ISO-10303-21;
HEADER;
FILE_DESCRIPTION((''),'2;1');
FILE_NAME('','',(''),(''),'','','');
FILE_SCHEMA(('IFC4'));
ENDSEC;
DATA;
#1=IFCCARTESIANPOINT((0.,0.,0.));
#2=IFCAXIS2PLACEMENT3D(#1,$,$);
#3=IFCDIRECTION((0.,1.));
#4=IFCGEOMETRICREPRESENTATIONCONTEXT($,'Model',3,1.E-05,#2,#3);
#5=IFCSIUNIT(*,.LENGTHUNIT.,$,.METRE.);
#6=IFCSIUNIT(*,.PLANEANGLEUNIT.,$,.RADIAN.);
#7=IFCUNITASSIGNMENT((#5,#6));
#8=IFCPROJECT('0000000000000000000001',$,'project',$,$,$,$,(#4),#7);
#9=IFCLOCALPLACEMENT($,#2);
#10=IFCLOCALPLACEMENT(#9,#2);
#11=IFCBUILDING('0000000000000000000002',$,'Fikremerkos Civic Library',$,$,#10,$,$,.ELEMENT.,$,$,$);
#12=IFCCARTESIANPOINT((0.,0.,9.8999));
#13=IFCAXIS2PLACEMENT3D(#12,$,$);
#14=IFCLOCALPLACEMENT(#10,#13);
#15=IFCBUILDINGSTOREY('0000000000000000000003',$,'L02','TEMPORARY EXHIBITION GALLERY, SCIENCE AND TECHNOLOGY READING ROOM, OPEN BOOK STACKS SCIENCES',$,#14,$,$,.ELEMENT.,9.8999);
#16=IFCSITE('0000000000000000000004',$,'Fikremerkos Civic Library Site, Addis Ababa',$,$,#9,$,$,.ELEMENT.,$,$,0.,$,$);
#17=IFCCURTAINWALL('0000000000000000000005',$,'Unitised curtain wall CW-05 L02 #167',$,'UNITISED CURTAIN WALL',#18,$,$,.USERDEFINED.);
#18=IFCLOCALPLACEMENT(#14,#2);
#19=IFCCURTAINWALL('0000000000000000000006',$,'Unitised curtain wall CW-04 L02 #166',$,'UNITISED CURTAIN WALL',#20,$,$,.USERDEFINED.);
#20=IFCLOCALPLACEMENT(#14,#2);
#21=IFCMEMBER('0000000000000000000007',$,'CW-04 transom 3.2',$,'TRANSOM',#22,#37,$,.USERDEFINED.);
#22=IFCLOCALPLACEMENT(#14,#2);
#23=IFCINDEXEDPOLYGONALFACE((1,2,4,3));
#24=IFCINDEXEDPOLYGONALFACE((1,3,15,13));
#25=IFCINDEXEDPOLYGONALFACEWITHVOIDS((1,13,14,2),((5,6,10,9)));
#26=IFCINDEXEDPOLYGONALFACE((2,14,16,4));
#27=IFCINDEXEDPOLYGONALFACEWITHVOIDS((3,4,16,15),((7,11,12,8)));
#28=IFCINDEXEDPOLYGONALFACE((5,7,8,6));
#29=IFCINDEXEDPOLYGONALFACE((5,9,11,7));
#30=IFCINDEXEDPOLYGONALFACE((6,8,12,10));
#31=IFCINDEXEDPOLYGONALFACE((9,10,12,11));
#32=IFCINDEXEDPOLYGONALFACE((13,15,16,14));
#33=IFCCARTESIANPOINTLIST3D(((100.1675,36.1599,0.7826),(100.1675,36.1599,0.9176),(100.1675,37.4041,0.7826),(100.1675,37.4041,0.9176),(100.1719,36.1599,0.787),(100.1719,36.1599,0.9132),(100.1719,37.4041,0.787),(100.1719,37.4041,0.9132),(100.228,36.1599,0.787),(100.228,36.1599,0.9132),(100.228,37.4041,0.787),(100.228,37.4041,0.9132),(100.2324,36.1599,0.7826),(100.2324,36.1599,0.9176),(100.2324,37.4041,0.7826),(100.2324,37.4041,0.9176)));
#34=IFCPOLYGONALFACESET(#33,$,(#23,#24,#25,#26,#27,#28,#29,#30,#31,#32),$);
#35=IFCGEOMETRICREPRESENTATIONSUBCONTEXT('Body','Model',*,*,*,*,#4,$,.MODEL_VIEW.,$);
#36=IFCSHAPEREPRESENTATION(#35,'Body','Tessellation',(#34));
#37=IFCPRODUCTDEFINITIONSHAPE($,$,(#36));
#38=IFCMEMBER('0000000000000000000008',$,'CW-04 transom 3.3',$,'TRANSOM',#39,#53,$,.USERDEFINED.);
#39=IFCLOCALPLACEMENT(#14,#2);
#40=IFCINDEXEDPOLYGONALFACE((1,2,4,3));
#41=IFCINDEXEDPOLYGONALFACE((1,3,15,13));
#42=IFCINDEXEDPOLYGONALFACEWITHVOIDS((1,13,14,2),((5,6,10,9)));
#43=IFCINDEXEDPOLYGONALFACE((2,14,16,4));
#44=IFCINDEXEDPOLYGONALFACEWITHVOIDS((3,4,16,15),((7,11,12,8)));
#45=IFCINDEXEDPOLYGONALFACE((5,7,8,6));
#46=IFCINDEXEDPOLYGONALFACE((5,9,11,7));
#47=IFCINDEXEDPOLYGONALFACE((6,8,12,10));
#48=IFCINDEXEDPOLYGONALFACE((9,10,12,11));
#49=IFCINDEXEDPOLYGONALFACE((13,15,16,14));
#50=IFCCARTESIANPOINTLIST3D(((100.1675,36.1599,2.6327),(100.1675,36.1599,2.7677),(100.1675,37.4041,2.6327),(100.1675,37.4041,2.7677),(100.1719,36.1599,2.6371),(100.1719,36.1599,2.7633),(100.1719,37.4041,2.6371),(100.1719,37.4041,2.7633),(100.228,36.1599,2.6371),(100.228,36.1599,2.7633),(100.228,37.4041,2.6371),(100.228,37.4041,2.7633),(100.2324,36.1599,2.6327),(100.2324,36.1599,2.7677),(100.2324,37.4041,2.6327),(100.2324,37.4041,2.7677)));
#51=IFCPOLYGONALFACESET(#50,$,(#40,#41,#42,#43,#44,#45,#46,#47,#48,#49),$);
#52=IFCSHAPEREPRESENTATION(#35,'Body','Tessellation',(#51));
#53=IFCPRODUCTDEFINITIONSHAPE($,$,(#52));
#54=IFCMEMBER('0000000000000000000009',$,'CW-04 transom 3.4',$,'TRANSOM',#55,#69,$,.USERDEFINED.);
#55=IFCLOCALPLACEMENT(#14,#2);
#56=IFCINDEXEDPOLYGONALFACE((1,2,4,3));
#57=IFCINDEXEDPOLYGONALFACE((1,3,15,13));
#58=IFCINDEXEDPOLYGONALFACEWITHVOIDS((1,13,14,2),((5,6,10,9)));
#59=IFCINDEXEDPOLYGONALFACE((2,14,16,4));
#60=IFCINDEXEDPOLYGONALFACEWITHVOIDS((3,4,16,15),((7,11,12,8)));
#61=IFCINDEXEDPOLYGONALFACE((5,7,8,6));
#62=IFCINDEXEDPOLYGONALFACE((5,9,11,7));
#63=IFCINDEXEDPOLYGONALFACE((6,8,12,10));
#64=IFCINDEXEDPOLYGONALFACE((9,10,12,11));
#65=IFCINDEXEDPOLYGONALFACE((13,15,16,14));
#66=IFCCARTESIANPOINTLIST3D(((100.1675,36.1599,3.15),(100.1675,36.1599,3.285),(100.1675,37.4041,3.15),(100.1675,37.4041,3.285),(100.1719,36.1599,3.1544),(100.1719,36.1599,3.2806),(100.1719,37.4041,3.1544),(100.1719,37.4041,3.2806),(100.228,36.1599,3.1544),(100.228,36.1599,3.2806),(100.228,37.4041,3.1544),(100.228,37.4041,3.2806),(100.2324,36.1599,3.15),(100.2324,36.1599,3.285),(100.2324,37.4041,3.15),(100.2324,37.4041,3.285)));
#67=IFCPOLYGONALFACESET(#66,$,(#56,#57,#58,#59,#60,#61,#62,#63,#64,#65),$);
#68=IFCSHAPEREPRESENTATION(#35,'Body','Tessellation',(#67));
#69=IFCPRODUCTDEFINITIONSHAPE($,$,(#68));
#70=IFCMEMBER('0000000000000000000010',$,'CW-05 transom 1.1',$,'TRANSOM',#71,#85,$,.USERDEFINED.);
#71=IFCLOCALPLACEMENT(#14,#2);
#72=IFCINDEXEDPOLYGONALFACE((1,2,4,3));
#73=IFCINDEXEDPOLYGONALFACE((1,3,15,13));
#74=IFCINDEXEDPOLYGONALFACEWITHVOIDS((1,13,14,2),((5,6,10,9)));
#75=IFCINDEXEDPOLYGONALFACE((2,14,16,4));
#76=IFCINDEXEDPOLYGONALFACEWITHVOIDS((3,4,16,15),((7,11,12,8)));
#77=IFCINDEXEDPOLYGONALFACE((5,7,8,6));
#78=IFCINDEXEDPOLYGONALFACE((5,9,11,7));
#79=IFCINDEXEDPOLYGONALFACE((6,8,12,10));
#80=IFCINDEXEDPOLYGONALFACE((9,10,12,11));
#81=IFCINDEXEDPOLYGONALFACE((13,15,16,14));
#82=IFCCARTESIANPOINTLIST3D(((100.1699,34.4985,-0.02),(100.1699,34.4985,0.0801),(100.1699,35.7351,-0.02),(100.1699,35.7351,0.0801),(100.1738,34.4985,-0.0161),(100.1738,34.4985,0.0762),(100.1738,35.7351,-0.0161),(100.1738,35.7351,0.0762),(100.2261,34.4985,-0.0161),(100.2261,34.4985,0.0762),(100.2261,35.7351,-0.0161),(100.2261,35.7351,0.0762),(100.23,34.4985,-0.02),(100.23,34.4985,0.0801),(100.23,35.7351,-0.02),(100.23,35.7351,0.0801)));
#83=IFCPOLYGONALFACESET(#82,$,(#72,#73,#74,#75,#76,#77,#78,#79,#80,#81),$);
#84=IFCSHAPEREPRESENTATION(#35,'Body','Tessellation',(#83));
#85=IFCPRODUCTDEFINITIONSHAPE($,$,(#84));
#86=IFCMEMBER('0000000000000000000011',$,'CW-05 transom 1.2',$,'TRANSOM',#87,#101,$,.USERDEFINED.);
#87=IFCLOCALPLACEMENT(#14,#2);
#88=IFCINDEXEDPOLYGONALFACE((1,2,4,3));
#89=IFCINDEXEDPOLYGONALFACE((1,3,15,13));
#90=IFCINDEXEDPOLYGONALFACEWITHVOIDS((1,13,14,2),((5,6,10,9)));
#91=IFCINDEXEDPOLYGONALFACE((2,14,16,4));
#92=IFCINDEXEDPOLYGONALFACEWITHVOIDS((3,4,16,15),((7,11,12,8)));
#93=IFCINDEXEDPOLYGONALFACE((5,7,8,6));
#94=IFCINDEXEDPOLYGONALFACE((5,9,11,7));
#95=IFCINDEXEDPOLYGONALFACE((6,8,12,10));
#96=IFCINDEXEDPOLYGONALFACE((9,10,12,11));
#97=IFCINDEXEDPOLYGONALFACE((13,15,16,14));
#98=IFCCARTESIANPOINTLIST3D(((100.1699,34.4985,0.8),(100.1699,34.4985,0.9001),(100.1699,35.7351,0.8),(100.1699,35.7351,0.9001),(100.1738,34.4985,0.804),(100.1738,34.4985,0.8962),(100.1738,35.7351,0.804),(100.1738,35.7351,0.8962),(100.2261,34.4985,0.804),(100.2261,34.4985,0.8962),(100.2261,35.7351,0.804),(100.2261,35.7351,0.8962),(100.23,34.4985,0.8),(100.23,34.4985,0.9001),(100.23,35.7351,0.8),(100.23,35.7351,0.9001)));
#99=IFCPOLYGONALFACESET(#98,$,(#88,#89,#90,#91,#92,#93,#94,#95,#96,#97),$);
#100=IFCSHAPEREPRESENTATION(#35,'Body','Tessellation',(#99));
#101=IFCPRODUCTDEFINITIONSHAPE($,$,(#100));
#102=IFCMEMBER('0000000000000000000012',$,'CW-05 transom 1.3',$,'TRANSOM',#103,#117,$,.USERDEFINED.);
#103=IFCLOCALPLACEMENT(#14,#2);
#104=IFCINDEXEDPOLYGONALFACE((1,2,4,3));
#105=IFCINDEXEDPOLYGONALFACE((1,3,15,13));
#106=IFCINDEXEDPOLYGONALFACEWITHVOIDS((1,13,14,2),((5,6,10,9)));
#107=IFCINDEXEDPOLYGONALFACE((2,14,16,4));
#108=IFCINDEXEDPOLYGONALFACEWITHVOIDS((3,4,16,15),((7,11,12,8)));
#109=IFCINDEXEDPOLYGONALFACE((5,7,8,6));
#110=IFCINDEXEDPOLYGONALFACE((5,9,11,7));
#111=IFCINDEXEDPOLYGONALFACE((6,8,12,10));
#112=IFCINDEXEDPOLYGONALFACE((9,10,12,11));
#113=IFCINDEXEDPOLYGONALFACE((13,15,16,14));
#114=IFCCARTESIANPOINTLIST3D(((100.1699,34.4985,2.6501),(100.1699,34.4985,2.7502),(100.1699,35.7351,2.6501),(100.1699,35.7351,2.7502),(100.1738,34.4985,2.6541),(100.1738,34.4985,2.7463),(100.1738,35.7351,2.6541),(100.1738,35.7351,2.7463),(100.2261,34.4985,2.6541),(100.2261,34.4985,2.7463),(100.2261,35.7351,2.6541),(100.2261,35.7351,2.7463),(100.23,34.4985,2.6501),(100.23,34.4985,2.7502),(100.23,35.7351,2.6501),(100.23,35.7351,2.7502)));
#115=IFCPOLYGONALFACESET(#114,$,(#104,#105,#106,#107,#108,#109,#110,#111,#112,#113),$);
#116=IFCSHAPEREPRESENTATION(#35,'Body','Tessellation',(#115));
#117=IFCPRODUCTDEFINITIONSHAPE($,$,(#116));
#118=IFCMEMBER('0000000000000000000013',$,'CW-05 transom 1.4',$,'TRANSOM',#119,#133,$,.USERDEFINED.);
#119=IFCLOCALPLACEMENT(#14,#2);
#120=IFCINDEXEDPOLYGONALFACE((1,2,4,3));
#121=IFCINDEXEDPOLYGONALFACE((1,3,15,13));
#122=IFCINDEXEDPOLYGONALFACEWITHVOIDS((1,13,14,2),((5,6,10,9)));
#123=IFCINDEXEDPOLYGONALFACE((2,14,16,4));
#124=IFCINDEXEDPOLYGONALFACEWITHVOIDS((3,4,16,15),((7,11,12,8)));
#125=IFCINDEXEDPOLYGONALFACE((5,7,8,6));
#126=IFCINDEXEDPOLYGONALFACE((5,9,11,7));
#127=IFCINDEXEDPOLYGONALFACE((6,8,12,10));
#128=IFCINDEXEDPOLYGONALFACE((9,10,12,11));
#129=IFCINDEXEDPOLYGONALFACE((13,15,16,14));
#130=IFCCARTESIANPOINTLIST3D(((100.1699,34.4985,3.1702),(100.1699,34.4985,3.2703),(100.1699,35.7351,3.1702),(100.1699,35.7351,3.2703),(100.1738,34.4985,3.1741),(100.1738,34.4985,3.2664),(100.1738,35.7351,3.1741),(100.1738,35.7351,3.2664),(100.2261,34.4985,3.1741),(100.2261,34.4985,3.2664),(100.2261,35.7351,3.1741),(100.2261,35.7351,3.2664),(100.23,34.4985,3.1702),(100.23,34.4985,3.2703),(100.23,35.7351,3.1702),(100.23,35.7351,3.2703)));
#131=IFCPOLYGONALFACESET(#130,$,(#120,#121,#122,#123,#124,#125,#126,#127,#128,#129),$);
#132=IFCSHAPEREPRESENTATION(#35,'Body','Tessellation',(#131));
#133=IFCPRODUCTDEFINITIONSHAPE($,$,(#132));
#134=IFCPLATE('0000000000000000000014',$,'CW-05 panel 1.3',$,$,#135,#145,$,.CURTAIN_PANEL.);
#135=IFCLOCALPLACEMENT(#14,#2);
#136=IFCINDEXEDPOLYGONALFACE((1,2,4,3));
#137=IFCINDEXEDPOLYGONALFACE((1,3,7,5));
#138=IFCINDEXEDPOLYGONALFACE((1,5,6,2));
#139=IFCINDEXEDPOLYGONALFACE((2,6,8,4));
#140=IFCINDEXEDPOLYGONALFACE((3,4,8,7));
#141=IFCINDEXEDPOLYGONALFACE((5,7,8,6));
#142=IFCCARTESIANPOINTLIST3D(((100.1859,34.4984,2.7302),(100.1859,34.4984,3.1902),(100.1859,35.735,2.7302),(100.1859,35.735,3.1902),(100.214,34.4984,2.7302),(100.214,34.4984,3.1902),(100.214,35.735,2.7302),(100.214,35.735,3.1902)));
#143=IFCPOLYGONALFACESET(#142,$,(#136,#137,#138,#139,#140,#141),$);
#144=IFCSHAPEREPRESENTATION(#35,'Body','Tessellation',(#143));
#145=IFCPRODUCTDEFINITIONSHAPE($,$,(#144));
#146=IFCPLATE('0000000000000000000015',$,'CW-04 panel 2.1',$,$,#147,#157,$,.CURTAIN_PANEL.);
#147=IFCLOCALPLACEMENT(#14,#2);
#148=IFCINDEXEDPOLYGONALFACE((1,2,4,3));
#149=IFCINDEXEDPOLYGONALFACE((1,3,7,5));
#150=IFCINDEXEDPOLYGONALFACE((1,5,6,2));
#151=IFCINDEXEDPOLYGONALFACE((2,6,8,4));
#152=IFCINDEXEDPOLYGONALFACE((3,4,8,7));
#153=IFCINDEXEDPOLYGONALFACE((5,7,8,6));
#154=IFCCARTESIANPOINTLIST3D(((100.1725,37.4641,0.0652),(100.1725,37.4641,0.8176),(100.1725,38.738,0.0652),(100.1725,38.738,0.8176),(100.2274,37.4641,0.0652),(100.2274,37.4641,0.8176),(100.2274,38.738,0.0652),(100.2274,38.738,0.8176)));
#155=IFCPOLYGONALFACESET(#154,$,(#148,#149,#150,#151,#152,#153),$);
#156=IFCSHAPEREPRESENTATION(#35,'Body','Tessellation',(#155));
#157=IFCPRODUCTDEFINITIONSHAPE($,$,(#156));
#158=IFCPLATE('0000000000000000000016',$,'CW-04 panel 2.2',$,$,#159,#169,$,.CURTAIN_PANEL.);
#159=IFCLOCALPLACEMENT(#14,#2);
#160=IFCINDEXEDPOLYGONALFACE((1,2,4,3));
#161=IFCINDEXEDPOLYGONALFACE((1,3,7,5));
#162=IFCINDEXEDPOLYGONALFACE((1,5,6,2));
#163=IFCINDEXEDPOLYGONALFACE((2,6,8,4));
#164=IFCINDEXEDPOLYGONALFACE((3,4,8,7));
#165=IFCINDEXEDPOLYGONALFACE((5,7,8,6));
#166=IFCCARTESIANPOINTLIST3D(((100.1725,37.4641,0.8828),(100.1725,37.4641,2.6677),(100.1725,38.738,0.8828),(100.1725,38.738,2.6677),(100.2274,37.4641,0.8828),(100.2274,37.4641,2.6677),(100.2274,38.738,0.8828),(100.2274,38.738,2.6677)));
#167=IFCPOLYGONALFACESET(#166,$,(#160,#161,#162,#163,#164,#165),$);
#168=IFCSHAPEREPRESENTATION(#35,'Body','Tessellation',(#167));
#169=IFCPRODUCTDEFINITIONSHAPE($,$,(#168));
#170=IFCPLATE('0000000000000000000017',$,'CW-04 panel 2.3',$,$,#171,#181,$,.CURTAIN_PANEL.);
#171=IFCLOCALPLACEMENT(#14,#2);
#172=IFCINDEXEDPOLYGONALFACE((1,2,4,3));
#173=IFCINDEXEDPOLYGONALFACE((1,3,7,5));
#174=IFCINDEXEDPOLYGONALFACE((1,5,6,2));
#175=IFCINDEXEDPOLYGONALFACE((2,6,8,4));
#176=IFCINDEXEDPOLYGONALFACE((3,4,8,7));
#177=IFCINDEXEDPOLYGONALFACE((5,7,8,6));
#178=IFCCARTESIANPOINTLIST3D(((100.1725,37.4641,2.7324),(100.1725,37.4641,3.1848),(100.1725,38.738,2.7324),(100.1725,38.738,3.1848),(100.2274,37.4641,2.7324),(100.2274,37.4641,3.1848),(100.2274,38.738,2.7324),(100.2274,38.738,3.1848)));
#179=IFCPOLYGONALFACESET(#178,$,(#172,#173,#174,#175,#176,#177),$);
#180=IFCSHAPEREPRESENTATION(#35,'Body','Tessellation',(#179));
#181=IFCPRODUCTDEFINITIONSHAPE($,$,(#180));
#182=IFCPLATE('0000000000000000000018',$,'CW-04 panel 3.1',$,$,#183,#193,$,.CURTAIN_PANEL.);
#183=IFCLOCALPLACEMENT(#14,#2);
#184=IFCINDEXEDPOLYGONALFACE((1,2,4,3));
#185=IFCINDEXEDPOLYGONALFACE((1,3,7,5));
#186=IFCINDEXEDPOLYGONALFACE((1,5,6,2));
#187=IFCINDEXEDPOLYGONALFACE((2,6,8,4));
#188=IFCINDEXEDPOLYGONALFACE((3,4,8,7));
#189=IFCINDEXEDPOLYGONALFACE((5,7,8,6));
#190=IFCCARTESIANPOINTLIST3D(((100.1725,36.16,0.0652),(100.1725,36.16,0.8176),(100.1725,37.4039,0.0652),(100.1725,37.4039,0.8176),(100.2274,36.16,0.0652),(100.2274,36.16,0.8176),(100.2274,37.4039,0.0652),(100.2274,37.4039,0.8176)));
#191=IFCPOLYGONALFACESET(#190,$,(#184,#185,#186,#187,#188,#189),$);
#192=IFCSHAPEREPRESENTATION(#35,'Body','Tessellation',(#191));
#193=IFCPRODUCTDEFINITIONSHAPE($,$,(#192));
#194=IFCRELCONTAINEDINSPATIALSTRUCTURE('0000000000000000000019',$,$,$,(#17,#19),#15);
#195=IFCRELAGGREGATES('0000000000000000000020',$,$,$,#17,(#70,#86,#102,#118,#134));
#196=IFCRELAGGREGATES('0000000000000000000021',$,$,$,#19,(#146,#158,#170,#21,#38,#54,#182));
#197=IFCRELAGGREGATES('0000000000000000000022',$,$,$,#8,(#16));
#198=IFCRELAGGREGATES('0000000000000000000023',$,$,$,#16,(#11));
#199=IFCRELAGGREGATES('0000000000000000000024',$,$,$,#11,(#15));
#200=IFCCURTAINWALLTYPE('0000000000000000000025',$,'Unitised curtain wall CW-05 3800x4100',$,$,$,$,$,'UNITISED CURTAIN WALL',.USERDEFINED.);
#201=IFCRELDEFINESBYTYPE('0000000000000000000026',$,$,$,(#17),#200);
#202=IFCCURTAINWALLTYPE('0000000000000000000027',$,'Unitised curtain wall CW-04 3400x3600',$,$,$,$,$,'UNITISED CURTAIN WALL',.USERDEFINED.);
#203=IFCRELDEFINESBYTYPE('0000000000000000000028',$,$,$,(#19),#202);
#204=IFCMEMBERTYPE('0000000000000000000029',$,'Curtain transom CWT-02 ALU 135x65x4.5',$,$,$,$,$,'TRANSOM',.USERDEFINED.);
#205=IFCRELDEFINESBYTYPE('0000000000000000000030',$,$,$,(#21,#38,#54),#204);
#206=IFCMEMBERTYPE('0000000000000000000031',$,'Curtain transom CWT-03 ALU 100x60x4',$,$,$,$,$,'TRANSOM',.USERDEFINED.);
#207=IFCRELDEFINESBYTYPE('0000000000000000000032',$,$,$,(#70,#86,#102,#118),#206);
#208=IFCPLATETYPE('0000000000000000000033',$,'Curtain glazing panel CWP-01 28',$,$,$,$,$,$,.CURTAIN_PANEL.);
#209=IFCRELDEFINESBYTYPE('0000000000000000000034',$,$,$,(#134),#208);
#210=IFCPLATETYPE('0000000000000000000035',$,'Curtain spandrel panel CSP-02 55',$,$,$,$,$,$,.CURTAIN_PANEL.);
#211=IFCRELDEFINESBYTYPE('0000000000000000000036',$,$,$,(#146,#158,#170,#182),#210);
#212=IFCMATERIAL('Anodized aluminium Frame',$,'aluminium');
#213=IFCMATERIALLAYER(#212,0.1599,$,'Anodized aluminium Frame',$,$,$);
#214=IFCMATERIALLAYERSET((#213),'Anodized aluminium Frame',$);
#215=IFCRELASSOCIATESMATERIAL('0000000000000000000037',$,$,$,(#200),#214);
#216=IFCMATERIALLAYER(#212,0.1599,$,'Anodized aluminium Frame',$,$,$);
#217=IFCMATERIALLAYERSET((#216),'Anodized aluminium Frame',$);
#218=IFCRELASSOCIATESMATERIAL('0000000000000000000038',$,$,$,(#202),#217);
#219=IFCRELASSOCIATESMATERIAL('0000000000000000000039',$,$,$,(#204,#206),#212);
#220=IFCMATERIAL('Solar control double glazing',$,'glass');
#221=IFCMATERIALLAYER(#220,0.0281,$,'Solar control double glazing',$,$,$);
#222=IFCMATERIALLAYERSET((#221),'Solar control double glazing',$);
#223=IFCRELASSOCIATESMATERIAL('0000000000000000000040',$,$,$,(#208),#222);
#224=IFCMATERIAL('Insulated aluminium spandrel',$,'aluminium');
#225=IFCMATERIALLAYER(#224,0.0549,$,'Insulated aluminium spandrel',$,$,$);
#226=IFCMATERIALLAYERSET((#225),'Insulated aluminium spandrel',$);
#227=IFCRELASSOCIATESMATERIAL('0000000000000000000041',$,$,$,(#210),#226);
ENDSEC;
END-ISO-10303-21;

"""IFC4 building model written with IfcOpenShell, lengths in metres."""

from ifc_helpers import new_model, si_unit, direction, frame, origin, origin_2d, place, context, subcontext, project, spatial, rectangle, hollow_rectangle, extrude, material, layer, layer_set, material_profile, profile_set, type_object, element, aggregate, save


model = new_model("IFC4")

# Units and contexts
model_context = context("Model", 3, precision=1e-05, world=origin(), true_north=direction((0.0, 1.0)))
body_context = subcontext(model_context, "Body", "Model", "MODEL_VIEW")
ifc_project = project(units=[si_unit("LENGTHUNIT", "METRE"), si_unit("PLANEANGLEUNIT", "RADIAN")], contexts=[model_context])

# Site, building, storey
site_placement = place(None, origin())
site = spatial("IfcSite", under=ifc_project, at=site_placement, Name="Fikremerkos Civic Library Site, Addis Ababa", CompositionType="ELEMENT", RefElevation=0.0)
building_placement = place(site_placement, origin())
building = spatial("IfcBuilding", under=site, at=building_placement, Name="Fikremerkos Civic Library", CompositionType="ELEMENT")
storey_placement = place(building_placement, frame((0.0, 0.0, 9.8999)))
storey = spatial("IfcBuildingStorey", under=building, at=storey_placement, Name="L02", Description="TEMPORARY EXHIBITION GALLERY, SCIENCE AND TECHNOLOGY READING ROOM, OPEN BOOK STACKS SCIENCES", CompositionType="ELEMENT", Elevation=9.8999)

# Curtain wall
ifc_material_1 = material(Name="Anodized aluminium Frame", Category="aluminium")
ifc_layer_1 = layer(ifc_material_1, 0.1599, Name="Anodized aluminium Frame")
ifc_layer_set_1 = layer_set([ifc_layer_1], Name="Anodized aluminium Frame")
curtain_wall_type_1 = type_object("IfcCurtainWallType", Name="Unitised curtain wall CW-05 3800x4100", ElementType="UNITISED CURTAIN WALL", PredefinedType="USERDEFINED", material=ifc_layer_set_1)
curtain_wall_1_placement = place(storey_placement, origin())
curtain_wall_1 = element("IfcCurtainWall", 1, at=curtain_wall_1_placement, inside=storey, type_object=curtain_wall_type_1, Name="Unitised curtain wall CW-05 L02 #167", ObjectType="UNITISED CURTAIN WALL", PredefinedType="USERDEFINED")

# Curtain wall, members
ifc_layer_2 = layer(ifc_material_1, 0.1599, Name="Anodized aluminium Frame")
ifc_layer_set_2 = layer_set([ifc_layer_2], Name="Anodized aluminium Frame")
curtain_wall_type_2 = type_object("IfcCurtainWallType", Name="Unitised curtain wall CW-04 3400x3600", ElementType="UNITISED CURTAIN WALL", PredefinedType="USERDEFINED", material=ifc_layer_set_2)
curtain_wall_2_placement = place(storey_placement, origin())
curtain_wall_2 = element("IfcCurtainWall", 2, at=curtain_wall_2_placement, inside=storey, type_object=curtain_wall_type_2, Name="Unitised curtain wall CW-04 L02 #166", ObjectType="UNITISED CURTAIN WALL", PredefinedType="USERDEFINED")
ifc_material_profile_1 = material_profile(ifc_material_1, hollow_rectangle(XDim=0.0649, YDim=0.135, WallThickness=0.0044, at=origin_2d()), Name="ALU 135x65x4.5")
ifc_profile_set_1 = profile_set([ifc_material_profile_1], Name="Anodized aluminium Frame")
member_type_1 = type_object("IfcMemberType", Name="Curtain transom CWT-02 ALU 135x65x4.5", ElementType="TRANSOM", PredefinedType="USERDEFINED", material=ifc_profile_set_1)
member_1_placement = place(storey_placement, frame((100.2, 37.4041, 0.8501), z_axis=(0.0, -1.0, 0.0), x_axis=(1.0, 0.0, 0.0)))
member_1 = element("IfcMember", 3, at=member_1_placement, type_object=member_type_1, Name="CW-04 transom 3.2", ObjectType="TRANSOM", PredefinedType="USERDEFINED", context=body_context, shape_type="SweptSolid", body=[
    extrude(hollow_rectangle(XDim=0.0649, YDim=0.135, WallThickness=0.0044, at=origin_2d()), origin(), (0.0, 0.0, 1.0), 1.2441),
])
member_2_placement = place(storey_placement, frame((100.2, 37.4041, 2.7002), z_axis=(0.0, -1.0, 0.0), x_axis=(1.0, 0.0, 0.0)))
member_2 = element("IfcMember", 4, at=member_2_placement, type_object=member_type_1, Name="CW-04 transom 3.3", ObjectType="TRANSOM", PredefinedType="USERDEFINED", context=body_context, shape_type="SweptSolid", body=[
    extrude(hollow_rectangle(XDim=0.0649, YDim=0.135, WallThickness=0.0044, at=origin_2d()), origin(), (0.0, 0.0, 1.0), 1.2441),
])
member_3_placement = place(storey_placement, frame((100.2, 37.4041, 3.2175), z_axis=(0.0, -1.0, 0.0), x_axis=(1.0, 0.0, 0.0)))
member_3 = element("IfcMember", 5, at=member_3_placement, type_object=member_type_1, Name="CW-04 transom 3.4", ObjectType="TRANSOM", PredefinedType="USERDEFINED", context=body_context, shape_type="SweptSolid", body=[
    extrude(hollow_rectangle(XDim=0.0649, YDim=0.135, WallThickness=0.0044, at=origin_2d()), origin(), (0.0, 0.0, 1.0), 1.2441),
])

# Members
ifc_material_profile_2 = material_profile(ifc_material_1, hollow_rectangle(XDim=0.0601, YDim=0.1001, WallThickness=0.0039, at=origin_2d()), Name="ALU 100x60x4")
ifc_profile_set_2 = profile_set([ifc_material_profile_2], Name="Anodized aluminium Frame")
member_type_2 = type_object("IfcMemberType", Name="Curtain transom CWT-03 ALU 100x60x4", ElementType="TRANSOM", PredefinedType="USERDEFINED", material=ifc_profile_set_2)
member_4_placement = place(storey_placement, frame((100.2, 35.7351, 0.03), z_axis=(0.0, -1.0, 0.0), x_axis=(1.0, 0.0, 0.0)))
member_4 = element("IfcMember", 6, at=member_4_placement, type_object=member_type_2, Name="CW-05 transom 1.1", ObjectType="TRANSOM", PredefinedType="USERDEFINED", context=body_context, shape_type="SweptSolid", body=[
    extrude(hollow_rectangle(XDim=0.0601, YDim=0.1001, WallThickness=0.0039, at=origin_2d()), origin(), (0.0, 0.0, 1.0), 1.2366),
])
member_5_placement = place(storey_placement, frame((100.2, 35.7351, 0.8501), z_axis=(0.0, -1.0, 0.0), x_axis=(1.0, 0.0, 0.0)))
member_5 = element("IfcMember", 7, at=member_5_placement, type_object=member_type_2, Name="CW-05 transom 1.2", ObjectType="TRANSOM", PredefinedType="USERDEFINED", context=body_context, shape_type="SweptSolid", body=[
    extrude(hollow_rectangle(XDim=0.0601, YDim=0.1001, WallThickness=0.0039, at=origin_2d()), origin(), (0.0, 0.0, 1.0), 1.2366),
])
member_6_placement = place(storey_placement, frame((100.2, 35.7351, 2.7002), z_axis=(0.0, -1.0, 0.0), x_axis=(1.0, 0.0, 0.0)))
member_6 = element("IfcMember", 8, at=member_6_placement, type_object=member_type_2, Name="CW-05 transom 1.3", ObjectType="TRANSOM", PredefinedType="USERDEFINED", context=body_context, shape_type="SweptSolid", body=[
    extrude(hollow_rectangle(XDim=0.0601, YDim=0.1001, WallThickness=0.0039, at=origin_2d()), origin(), (0.0, 0.0, 1.0), 1.2366),
])
member_7_placement = place(storey_placement, frame((100.2, 35.7351, 3.2202), z_axis=(0.0, -1.0, 0.0), x_axis=(1.0, 0.0, 0.0)))
member_7 = element("IfcMember", 9, at=member_7_placement, type_object=member_type_2, Name="CW-05 transom 1.4", ObjectType="TRANSOM", PredefinedType="USERDEFINED", context=body_context, shape_type="SweptSolid", body=[
    extrude(hollow_rectangle(XDim=0.0601, YDim=0.1001, WallThickness=0.0039, at=origin_2d()), origin(), (0.0, 0.0, 1.0), 1.2366),
])

# Plates
ifc_material_2 = material(Name="Solar control double glazing", Category="glass")
ifc_layer_3 = layer(ifc_material_2, 0.0281, Name="Solar control double glazing")
ifc_layer_set_3 = layer_set([ifc_layer_3], Name="Solar control double glazing")
plate_type_1 = type_object("IfcPlateType", Name="Curtain glazing panel CWP-01 28", PredefinedType="CURTAIN_PANEL", material=ifc_layer_set_3)
plate_1_placement = place(storey_placement, frame((100.2, 35.1167, 2.7302), z_axis=(0.0, 0.0, 1.0), x_axis=(0.0, -1.0, 0.0)))
plate_1 = element("IfcPlate", 10, at=plate_1_placement, type_object=plate_type_1, Name="CW-05 panel 1.3", PredefinedType="CURTAIN_PANEL", context=body_context, shape_type="SweptSolid", body=[
    extrude(rectangle(XDim=1.2366, YDim=0.0281, at=origin_2d()), origin(), (0.0, 0.0, 1.0), 0.46),
])
aggregate(curtain_wall_1, [member_4, member_5, member_6, member_7, plate_1])
ifc_material_3 = material(Name="Insulated aluminium spandrel", Category="aluminium")
ifc_layer_4 = layer(ifc_material_3, 0.0549, Name="Insulated aluminium spandrel")
ifc_layer_set_4 = layer_set([ifc_layer_4], Name="Insulated aluminium spandrel")
plate_type_2 = type_object("IfcPlateType", Name="Curtain spandrel panel CSP-02 55", PredefinedType="CURTAIN_PANEL", material=ifc_layer_set_4)
plate_2_placement = place(storey_placement, frame((100.2, 38.1011, 0.0652), z_axis=(0.0, 0.0, 1.0), x_axis=(0.0, -1.0, 0.0)))
plate_2 = element("IfcPlate", 11, at=plate_2_placement, type_object=plate_type_2, Name="CW-04 panel 2.1", PredefinedType="CURTAIN_PANEL", context=body_context, shape_type="SweptSolid", body=[
    extrude(rectangle(XDim=1.2739, YDim=0.0549, at=origin_2d()), origin(), (0.0, 0.0, 1.0), 0.7524),
])
plate_3_placement = place(storey_placement, frame((100.2, 38.1011, 0.8828), z_axis=(0.0, 0.0, 1.0), x_axis=(0.0, -1.0, 0.0)))
plate_3 = element("IfcPlate", 12, at=plate_3_placement, type_object=plate_type_2, Name="CW-04 panel 2.2", PredefinedType="CURTAIN_PANEL", context=body_context, shape_type="SweptSolid", body=[
    extrude(rectangle(XDim=1.2739, YDim=0.0549, at=origin_2d()), origin(), (0.0, 0.0, 1.0), 1.7849),
])
plate_4_placement = place(storey_placement, frame((100.2, 38.1011, 2.7324), z_axis=(0.0, 0.0, 1.0), x_axis=(0.0, -1.0, 0.0)))
plate_4 = element("IfcPlate", 13, at=plate_4_placement, type_object=plate_type_2, Name="CW-04 panel 2.3", PredefinedType="CURTAIN_PANEL", context=body_context, shape_type="SweptSolid", body=[
    extrude(rectangle(XDim=1.2739, YDim=0.0549, at=origin_2d()), origin(), (0.0, 0.0, 1.0), 0.4524),
])
plate_5_placement = place(storey_placement, frame((100.2, 36.782, 0.0652), z_axis=(0.0, 0.0, 1.0), x_axis=(0.0, -1.0, 0.0)))
plate_5 = element("IfcPlate", 14, at=plate_5_placement, type_object=plate_type_2, Name="CW-04 panel 3.1", PredefinedType="CURTAIN_PANEL", context=body_context, shape_type="SweptSolid", body=[
    extrude(rectangle(XDim=1.2439, YDim=0.0549, at=origin_2d()), origin(), (0.0, 0.0, 1.0), 0.7524),
])
aggregate(curtain_wall_2, [plate_2, plate_3, plate_4, member_1, member_2, member_3, plate_5])

save(model, "model.ifc")
